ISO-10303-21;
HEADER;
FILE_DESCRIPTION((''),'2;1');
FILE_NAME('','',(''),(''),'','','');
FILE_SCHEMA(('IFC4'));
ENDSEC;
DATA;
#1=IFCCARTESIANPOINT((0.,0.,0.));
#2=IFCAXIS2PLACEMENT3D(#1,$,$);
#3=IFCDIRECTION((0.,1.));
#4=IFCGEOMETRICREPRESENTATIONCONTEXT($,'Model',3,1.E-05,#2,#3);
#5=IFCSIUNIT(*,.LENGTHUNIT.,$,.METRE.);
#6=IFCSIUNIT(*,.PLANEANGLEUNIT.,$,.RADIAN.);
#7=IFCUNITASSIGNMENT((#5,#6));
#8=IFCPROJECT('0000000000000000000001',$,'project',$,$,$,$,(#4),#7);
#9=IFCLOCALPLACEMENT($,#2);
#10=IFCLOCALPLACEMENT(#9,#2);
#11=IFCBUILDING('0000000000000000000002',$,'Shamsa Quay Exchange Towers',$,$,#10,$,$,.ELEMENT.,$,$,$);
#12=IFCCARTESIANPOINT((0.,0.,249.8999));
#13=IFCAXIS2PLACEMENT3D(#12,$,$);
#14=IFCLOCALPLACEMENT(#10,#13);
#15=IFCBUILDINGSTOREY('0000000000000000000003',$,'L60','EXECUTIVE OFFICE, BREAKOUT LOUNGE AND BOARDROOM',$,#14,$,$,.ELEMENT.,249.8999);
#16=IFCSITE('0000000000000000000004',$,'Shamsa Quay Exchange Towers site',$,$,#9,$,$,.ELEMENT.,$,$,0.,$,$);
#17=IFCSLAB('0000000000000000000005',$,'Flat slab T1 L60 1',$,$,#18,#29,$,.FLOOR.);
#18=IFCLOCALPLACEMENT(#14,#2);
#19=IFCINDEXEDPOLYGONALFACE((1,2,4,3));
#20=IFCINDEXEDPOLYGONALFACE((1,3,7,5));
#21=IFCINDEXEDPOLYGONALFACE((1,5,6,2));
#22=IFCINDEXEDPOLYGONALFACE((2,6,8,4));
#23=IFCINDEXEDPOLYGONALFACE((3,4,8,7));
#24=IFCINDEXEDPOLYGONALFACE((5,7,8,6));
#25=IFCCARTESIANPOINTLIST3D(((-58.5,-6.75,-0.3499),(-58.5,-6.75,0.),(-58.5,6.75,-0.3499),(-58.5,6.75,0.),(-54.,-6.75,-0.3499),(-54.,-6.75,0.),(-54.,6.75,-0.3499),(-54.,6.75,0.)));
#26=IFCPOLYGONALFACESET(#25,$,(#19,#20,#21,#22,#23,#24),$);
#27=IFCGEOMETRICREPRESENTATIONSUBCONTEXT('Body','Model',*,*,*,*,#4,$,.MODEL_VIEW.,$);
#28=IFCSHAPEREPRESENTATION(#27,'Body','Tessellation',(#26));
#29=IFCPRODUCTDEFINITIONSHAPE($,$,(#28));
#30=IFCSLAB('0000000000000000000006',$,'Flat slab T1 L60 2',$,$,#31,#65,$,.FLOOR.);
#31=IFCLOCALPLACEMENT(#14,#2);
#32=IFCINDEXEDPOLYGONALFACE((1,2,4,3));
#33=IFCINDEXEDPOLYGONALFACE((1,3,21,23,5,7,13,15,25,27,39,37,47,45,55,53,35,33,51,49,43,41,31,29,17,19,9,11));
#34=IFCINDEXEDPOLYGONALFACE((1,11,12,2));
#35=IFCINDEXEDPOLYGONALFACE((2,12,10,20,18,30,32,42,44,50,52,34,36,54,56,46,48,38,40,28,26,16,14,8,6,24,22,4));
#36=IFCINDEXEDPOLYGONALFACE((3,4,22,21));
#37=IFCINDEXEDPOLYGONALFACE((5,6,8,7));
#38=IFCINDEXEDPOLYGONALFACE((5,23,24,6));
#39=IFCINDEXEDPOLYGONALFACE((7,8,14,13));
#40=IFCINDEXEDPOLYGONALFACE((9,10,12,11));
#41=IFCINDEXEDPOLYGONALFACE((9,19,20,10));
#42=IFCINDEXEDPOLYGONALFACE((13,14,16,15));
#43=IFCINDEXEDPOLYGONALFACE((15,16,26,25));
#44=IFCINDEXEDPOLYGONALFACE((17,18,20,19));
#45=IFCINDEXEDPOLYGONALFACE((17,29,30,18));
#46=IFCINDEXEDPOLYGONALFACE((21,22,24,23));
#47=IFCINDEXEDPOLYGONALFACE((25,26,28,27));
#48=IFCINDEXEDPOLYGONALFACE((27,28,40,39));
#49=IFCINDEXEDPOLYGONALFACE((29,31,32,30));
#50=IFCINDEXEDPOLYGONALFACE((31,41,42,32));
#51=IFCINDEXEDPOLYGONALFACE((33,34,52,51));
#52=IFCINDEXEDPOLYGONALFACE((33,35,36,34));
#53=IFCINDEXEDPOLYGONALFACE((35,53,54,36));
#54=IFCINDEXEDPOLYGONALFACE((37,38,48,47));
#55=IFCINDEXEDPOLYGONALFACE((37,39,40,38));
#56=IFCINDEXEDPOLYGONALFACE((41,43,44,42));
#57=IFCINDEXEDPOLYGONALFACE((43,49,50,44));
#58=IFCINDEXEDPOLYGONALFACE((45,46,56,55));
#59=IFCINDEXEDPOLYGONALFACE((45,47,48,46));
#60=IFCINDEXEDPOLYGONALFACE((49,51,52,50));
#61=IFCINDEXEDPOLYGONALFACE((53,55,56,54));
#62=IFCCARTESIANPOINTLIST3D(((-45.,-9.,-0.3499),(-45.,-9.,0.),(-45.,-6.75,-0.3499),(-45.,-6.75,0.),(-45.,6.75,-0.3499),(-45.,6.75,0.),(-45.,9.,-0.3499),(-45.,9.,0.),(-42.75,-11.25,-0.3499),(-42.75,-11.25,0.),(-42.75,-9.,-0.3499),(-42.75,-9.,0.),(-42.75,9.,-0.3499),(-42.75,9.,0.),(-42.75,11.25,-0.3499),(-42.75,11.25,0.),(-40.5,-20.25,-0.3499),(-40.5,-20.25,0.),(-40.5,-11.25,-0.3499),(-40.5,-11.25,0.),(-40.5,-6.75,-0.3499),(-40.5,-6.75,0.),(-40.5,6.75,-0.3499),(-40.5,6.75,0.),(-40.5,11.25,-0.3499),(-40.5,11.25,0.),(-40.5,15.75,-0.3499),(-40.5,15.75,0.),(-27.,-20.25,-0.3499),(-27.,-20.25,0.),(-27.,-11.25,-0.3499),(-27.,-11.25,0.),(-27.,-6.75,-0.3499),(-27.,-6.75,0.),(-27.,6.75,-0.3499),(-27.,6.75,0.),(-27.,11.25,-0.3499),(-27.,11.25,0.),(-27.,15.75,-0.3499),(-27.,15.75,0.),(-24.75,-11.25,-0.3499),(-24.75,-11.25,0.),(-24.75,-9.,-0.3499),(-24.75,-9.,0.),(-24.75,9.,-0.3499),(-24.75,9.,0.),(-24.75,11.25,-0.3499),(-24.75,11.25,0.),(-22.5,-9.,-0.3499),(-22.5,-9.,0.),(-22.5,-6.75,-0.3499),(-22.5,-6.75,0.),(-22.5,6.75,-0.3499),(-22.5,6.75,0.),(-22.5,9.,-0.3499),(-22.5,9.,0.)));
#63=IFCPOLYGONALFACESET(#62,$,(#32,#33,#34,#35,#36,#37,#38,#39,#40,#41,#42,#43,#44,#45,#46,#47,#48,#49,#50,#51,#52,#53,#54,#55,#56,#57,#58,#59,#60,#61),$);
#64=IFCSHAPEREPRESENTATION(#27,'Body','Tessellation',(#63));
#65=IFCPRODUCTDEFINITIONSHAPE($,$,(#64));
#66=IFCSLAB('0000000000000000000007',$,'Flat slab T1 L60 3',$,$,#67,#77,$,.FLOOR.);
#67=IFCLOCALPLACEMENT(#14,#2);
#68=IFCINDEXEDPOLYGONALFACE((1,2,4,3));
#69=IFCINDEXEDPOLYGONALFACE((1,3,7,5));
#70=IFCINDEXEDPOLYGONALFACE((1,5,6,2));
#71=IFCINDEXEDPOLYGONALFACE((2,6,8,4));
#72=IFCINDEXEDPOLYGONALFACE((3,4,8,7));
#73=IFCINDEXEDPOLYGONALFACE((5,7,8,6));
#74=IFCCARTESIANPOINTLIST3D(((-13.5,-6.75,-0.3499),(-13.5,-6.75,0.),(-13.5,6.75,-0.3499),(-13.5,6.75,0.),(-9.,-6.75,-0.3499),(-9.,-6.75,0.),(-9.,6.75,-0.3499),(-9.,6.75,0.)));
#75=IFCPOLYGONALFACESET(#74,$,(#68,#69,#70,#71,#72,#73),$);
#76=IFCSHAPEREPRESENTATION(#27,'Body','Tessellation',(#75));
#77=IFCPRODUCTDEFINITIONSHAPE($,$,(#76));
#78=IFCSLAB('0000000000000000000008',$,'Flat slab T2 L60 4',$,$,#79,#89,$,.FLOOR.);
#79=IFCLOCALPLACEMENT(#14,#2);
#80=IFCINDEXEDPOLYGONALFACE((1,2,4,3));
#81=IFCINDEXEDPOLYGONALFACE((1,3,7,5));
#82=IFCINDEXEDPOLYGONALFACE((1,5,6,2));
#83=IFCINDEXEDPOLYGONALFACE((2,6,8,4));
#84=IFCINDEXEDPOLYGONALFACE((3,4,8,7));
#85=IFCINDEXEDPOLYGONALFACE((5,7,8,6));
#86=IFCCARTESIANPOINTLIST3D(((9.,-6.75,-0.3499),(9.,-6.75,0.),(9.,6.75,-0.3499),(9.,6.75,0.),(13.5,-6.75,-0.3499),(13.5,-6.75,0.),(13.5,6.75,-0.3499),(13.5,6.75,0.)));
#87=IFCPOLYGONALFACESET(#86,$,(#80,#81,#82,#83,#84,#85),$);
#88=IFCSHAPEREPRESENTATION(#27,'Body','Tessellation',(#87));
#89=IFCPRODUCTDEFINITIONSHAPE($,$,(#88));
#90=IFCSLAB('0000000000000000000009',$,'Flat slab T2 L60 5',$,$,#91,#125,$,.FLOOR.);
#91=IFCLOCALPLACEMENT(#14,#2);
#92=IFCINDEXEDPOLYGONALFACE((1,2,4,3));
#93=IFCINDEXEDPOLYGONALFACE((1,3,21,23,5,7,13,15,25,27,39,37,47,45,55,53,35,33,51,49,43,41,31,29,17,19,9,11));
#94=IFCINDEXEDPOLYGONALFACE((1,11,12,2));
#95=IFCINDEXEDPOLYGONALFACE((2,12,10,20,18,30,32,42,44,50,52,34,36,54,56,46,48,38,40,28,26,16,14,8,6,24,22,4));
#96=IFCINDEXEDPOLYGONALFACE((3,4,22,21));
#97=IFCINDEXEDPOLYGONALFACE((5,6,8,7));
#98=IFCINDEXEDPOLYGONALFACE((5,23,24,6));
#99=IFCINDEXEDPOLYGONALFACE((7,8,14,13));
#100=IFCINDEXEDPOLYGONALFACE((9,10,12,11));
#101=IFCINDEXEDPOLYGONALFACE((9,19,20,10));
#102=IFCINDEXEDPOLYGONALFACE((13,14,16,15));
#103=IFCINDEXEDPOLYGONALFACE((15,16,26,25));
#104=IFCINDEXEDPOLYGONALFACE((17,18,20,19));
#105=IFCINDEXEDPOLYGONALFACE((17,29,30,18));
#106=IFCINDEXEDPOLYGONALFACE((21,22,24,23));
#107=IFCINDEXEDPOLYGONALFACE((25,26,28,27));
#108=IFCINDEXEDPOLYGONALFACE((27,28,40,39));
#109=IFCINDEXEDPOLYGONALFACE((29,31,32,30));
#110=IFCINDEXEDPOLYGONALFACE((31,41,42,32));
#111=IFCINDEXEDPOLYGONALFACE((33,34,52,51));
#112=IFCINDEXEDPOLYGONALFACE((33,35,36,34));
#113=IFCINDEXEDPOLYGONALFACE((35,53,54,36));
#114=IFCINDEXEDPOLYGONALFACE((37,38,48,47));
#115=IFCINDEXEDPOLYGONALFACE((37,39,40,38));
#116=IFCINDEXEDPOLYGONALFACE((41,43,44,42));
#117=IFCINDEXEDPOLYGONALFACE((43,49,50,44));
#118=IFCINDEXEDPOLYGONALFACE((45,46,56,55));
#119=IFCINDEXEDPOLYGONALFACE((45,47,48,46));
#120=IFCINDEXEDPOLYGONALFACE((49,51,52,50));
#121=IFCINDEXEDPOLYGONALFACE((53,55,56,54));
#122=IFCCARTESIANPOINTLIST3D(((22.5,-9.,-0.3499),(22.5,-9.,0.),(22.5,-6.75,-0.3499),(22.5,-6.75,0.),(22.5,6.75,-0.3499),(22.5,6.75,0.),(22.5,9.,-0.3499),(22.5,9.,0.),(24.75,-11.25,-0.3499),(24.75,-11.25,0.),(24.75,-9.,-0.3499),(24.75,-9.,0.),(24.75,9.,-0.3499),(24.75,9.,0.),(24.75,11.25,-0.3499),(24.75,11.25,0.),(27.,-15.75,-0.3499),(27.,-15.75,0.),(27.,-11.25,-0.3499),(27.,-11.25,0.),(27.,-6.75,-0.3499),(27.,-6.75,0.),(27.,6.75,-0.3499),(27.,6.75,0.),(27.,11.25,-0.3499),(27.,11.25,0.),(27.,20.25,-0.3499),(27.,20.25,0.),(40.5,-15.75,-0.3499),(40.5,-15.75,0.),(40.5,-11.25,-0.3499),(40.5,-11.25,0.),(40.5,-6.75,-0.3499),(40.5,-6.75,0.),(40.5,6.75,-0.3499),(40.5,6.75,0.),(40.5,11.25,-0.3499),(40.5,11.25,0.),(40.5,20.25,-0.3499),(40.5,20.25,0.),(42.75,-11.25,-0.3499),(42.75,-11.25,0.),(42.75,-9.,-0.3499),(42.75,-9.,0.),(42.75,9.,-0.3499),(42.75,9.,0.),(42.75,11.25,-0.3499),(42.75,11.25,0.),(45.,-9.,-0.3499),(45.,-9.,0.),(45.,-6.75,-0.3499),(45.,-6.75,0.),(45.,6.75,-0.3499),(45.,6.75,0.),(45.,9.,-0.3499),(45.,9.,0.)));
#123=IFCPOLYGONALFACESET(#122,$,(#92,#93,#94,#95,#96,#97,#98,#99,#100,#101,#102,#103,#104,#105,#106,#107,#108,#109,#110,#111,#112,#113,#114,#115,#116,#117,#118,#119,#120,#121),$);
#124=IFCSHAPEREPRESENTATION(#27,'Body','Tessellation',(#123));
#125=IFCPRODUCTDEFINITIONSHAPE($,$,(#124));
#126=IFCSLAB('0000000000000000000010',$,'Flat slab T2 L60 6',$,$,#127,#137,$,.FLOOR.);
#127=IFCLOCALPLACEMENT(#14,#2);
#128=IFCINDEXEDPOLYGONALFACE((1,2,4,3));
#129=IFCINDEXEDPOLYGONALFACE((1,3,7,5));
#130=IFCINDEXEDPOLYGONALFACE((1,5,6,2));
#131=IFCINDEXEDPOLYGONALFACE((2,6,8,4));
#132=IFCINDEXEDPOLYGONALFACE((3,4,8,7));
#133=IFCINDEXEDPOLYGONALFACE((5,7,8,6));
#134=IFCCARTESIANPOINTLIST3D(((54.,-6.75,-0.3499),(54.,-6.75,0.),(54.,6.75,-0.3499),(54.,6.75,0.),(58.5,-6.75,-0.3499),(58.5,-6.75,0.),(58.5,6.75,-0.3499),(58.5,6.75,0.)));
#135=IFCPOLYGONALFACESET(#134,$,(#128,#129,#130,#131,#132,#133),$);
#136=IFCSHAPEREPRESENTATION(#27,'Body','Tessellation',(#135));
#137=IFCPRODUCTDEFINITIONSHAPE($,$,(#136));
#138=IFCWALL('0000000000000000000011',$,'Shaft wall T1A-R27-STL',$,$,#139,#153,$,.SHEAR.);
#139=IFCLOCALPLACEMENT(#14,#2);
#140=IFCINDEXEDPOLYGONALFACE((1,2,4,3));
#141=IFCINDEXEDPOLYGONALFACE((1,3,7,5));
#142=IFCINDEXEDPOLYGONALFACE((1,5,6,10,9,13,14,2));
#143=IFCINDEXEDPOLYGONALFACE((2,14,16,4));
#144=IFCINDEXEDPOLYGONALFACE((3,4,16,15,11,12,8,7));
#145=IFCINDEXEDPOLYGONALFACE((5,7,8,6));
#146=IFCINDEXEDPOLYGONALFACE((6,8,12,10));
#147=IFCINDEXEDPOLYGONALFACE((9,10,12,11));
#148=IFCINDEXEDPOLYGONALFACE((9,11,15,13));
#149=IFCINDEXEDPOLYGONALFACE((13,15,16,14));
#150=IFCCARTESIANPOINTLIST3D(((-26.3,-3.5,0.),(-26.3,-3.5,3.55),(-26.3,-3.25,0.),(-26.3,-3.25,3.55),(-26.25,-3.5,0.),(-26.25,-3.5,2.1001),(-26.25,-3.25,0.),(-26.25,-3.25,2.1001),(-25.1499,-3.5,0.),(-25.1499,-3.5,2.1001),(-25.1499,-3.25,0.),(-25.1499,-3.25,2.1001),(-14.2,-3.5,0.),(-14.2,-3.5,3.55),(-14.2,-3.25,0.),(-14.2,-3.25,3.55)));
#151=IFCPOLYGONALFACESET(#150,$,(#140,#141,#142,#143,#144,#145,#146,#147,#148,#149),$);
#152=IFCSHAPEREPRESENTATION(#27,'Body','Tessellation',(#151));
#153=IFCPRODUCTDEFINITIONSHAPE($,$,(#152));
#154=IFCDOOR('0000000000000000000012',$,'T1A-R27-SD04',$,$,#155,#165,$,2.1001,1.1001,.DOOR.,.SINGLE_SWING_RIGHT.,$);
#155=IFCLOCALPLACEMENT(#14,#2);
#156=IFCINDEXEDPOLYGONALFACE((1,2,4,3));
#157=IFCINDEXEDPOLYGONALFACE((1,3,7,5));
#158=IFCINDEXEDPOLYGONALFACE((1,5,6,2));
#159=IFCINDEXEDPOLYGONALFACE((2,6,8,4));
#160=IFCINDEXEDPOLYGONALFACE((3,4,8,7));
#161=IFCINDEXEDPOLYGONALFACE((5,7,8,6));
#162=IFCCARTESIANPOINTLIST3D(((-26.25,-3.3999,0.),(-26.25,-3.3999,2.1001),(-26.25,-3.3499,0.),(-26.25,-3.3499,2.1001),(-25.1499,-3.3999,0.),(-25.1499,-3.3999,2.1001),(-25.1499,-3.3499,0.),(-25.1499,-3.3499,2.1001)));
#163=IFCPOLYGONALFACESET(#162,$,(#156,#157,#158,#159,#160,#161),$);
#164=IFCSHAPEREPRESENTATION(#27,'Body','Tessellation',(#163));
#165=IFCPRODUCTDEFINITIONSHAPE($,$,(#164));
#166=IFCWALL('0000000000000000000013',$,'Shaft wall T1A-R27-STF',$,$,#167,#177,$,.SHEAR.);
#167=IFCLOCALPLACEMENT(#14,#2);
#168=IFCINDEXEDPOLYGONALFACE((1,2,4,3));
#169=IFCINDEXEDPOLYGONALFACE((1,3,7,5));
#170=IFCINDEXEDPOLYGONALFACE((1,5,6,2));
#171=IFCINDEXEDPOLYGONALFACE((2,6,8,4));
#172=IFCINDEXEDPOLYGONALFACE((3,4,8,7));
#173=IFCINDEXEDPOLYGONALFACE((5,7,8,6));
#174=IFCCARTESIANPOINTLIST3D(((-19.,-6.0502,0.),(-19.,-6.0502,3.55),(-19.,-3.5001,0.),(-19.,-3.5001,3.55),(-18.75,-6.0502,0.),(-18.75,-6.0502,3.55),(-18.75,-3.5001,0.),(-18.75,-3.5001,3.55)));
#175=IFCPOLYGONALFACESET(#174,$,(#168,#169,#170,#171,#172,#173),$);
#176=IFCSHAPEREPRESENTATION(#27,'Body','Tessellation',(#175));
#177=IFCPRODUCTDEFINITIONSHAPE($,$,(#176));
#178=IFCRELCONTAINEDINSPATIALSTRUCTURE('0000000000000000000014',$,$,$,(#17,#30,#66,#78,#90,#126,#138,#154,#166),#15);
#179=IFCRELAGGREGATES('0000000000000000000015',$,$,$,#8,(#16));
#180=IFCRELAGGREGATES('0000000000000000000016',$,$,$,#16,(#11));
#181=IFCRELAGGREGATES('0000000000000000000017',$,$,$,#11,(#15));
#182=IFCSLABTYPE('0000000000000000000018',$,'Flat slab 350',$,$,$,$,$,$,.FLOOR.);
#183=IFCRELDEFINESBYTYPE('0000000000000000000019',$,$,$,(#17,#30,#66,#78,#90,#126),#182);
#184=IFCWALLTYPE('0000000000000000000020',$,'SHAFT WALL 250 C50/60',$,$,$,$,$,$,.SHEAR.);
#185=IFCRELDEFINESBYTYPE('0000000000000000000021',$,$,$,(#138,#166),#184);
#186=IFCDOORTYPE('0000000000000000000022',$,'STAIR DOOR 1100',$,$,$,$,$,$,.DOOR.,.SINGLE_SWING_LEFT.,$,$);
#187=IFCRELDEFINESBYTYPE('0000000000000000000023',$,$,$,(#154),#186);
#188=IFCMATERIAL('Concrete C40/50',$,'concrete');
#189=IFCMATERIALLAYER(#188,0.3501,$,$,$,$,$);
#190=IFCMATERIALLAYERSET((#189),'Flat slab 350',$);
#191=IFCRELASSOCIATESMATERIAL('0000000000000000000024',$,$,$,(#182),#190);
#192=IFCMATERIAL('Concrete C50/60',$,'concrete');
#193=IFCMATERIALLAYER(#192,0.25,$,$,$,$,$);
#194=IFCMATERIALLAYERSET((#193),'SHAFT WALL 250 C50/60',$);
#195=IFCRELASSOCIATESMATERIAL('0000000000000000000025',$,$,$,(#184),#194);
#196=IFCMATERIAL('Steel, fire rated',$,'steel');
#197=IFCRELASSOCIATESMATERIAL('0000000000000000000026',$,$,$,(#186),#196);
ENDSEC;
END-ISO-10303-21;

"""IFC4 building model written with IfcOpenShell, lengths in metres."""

from ifc_helpers import new_model, si_unit, direction, frame, frame_2d, origin, place, context, subcontext, project, spatial, polyline, rectangle, outline, extrude, material, layer, layer_set, type_object, element, fill, save


model = new_model("IFC4")

# Units and contexts
model_context = context("Model", 3, precision=1e-05, world=origin(), true_north=direction((0.0, 1.0)))
body_context = subcontext(model_context, "Body", "Model", "MODEL_VIEW")
ifc_project = project(units=[si_unit("LENGTHUNIT", "METRE"), si_unit("PLANEANGLEUNIT", "RADIAN")], contexts=[model_context])

# Site, building, storey
site_placement = place(None, origin())
site = spatial("IfcSite", under=ifc_project, at=site_placement, Name="Shamsa Quay Exchange Towers site", CompositionType="ELEMENT", RefElevation=0.0)
building_placement = place(site_placement, origin())
building = spatial("IfcBuilding", under=site, at=building_placement, Name="Shamsa Quay Exchange Towers", CompositionType="ELEMENT")
storey_placement = place(building_placement, frame((0.0, 0.0, 249.8999)))
storey = spatial("IfcBuildingStorey", under=building, at=storey_placement, Name="L60", Description="EXECUTIVE OFFICE, BREAKOUT LOUNGE AND BOARDROOM", CompositionType="ELEMENT", Elevation=249.8999)

# Slabs
ifc_material_1 = material(Name="Concrete C40/50", Category="concrete")
ifc_layer_1 = layer(ifc_material_1, 0.3501)
ifc_layer_set_1 = layer_set([ifc_layer_1], Name="Flat slab 350")
slab_type_1 = type_object("IfcSlabType", Name="Flat slab 350", PredefinedType="FLOOR", material=ifc_layer_set_1)
slab_1_placement = place(storey_placement, frame((0.0, 0.0, -0.3499)))
element("IfcSlab", 1, at=slab_1_placement, inside=storey, type_object=slab_type_1, Name="Flat slab T1 L60 1", PredefinedType="FLOOR", context=body_context, shape_type="SweptSolid", body=[
    extrude(outline(polyline([(-58.5, -6.75), (-54.0, -6.75), (-54.0, 6.75), (-58.5, 6.75), (-58.5, -6.75)])), origin(), (0.0, 0.0, 1.0), 0.3499),
])
slab_2_placement = place(storey_placement, frame((0.0, 0.0, -0.3499)))
element("IfcSlab", 2, at=slab_2_placement, inside=storey, type_object=slab_type_1, Name="Flat slab T1 L60 2", PredefinedType="FLOOR", context=body_context, shape_type="SweptSolid", body=[
    extrude(outline(polyline([(-22.5, -9.0), (-22.5, -6.75), (-27.0, -6.75), (-27.0, 6.75), (-22.5, 6.75), (-22.5, 9.0), (-24.75, 9.0), (-24.75, 11.25), (-27.0, 11.25), (-27.0, 15.75), (-40.5, 15.75), (-40.5, 11.25), (-42.75, 11.25), (-42.75, 9.0), (-45.0, 9.0), (-45.0, 6.75), (-40.5, 6.75), (-40.5, -6.75), (-45.0, -6.75), (-45.0, -9.0), (-42.75, -9.0), (-42.75, -11.25), (-40.5, -11.25), (-40.5, -20.25), (-27.0, -20.25), (-27.0, -11.25), (-24.75, -11.25), (-24.75, -9.0), (-22.5, -9.0)])), origin(), (0.0, 0.0, 1.0), 0.3499),
])
slab_3_placement = place(storey_placement, frame((0.0, 0.0, -0.3499)))
element("IfcSlab", 3, at=slab_3_placement, inside=storey, type_object=slab_type_1, Name="Flat slab T1 L60 3", PredefinedType="FLOOR", context=body_context, shape_type="SweptSolid", body=[
    extrude(outline(polyline([(-9.0, 6.75), (-13.5, 6.75), (-13.5, -6.75), (-9.0, -6.75), (-9.0, 6.75)])), origin(), (0.0, 0.0, 1.0), 0.3499),
])
slab_4_placement = place(storey_placement, frame((0.0, 0.0, -0.3499)))
element("IfcSlab", 4, at=slab_4_placement, inside=storey, type_object=slab_type_1, Name="Flat slab T2 L60 4", PredefinedType="FLOOR", context=body_context, shape_type="SweptSolid", body=[
    extrude(outline(polyline([(9.0, -6.75), (13.5, -6.75), (13.5, 6.75), (9.0, 6.75), (9.0, -6.75)])), origin(), (0.0, 0.0, 1.0), 0.3499),
])
slab_5_placement = place(storey_placement, frame((0.0, 0.0, -0.3499)))
element("IfcSlab", 5, at=slab_5_placement, inside=storey, type_object=slab_type_1, Name="Flat slab T2 L60 5", PredefinedType="FLOOR", context=body_context, shape_type="SweptSolid", body=[
    extrude(outline(polyline([(45.0, -9.0), (45.0, -6.75), (40.5, -6.75), (40.5, 6.75), (45.0, 6.75), (45.0, 9.0), (42.75, 9.0), (42.75, 11.25), (40.5, 11.25), (40.5, 20.25), (27.0, 20.25), (27.0, 11.25), (24.75, 11.25), (24.75, 9.0), (22.5, 9.0), (22.5, 6.75), (27.0, 6.75), (27.0, -6.75), (22.5, -6.75), (22.5, -9.0), (24.75, -9.0), (24.75, -11.25), (27.0, -11.25), (27.0, -15.75), (40.5, -15.75), (40.5, -11.25), (42.75, -11.25), (42.75, -9.0), (45.0, -9.0)])), origin(), (0.0, 0.0, 1.0), 0.3499),
])
slab_6_placement = place(storey_placement, frame((0.0, 0.0, -0.3499)))
element("IfcSlab", 6, at=slab_6_placement, inside=storey, type_object=slab_type_1, Name="Flat slab T2 L60 6", PredefinedType="FLOOR", context=body_context, shape_type="SweptSolid", body=[
    extrude(outline(polyline([(58.5, 6.75), (54.0, 6.75), (54.0, -6.75), (58.5, -6.75), (58.5, 6.75)])), origin(), (0.0, 0.0, 1.0), 0.3499),
])

# Wall, opening, door
ifc_material_2 = material(Name="Concrete C50/60", Category="concrete")
ifc_layer_2 = layer(ifc_material_2, 0.25)
ifc_layer_set_2 = layer_set([ifc_layer_2], Name="SHAFT WALL 250 C50/60")
wall_type = type_object("IfcWallType", Name="SHAFT WALL 250 C50/60", PredefinedType="SHEAR", material=ifc_layer_set_2)
wall_1_placement = place(storey_placement, frame((-14.2, -3.375, 0.0), z_axis=(0.0, 0.0, 1.0), x_axis=(-1.0, 0.0, 0.0)))
wall_1 = element("IfcWall", 7, at=wall_1_placement, inside=storey, type_object=wall_type, Name="Shaft wall T1A-R27-STL", PredefinedType="SHEAR", context=body_context, shape_type="SweptSolid", body=[
    extrude(rectangle(XDim=12.1001, YDim=0.25, at=frame_2d((6.05, 0.0))), origin(), (0.0, 0.0, 1.0), 3.55),
])
opening_1_placement = place(wall_1_placement, frame((10.95, 0.0, 0.0)))
opening_1 = element("IfcOpeningElement", 8, at=opening_1_placement, cuts=wall_1, PredefinedType="OPENING", context=body_context, shape_type="SweptSolid", body=[
    extrude(rectangle(XDim=1.1001, YDim=2.1001, at=frame_2d((0.55, 1.05))), frame((0.0, 0.135, 0.0), z_axis=(0.0, -1.0, 0.0), x_axis=(1.0, 0.0, 0.0)), (0.0, 0.0, 1.0), 0.27),
])
ifc_material_3 = material(Name="Steel, fire rated", Category="steel")
door_type_1 = type_object("IfcDoorType", Name="STAIR DOOR 1100", OperationType="SINGLE_SWING_LEFT", PredefinedType="DOOR", material=ifc_material_3)
door_1_placement = place(opening_1_placement, origin())
door_1 = element("IfcDoor", 9, at=door_1_placement, inside=storey, type_object=door_type_1, Name="T1A-R27-SD04", OperationType="SINGLE_SWING_RIGHT", OverallHeight=2.1001, OverallWidth=1.1001, PredefinedType="DOOR", context=body_context, shape_type="SweptSolid", body=[
    extrude(rectangle(XDim=1.1001, YDim=2.1001, at=frame_2d((0.55, 1.05))), frame((0.0, 0.0249, 0.0), z_axis=(0.0, -1.0, 0.0), x_axis=(1.0, 0.0, 0.0)), (0.0, 0.0, 1.0), 0.05),
])
fill(opening_1, door_1)

# Wall
wall_2_placement = place(storey_placement, frame((-18.875, -6.05, 0.0), z_axis=(0.0, 0.0, 1.0), x_axis=(0.0, 1.0, 0.0)))
element("IfcWall", 10, at=wall_2_placement, inside=storey, type_object=wall_type, Name="Shaft wall T1A-R27-STF", PredefinedType="SHEAR", context=body_context, shape_type="SweptSolid", body=[
    extrude(rectangle(XDim=2.55, YDim=0.25, at=frame_2d((1.2749, 0.0))), origin(), (0.0, 0.0, 1.0), 3.55),
])

save(model, "model.ifc")
